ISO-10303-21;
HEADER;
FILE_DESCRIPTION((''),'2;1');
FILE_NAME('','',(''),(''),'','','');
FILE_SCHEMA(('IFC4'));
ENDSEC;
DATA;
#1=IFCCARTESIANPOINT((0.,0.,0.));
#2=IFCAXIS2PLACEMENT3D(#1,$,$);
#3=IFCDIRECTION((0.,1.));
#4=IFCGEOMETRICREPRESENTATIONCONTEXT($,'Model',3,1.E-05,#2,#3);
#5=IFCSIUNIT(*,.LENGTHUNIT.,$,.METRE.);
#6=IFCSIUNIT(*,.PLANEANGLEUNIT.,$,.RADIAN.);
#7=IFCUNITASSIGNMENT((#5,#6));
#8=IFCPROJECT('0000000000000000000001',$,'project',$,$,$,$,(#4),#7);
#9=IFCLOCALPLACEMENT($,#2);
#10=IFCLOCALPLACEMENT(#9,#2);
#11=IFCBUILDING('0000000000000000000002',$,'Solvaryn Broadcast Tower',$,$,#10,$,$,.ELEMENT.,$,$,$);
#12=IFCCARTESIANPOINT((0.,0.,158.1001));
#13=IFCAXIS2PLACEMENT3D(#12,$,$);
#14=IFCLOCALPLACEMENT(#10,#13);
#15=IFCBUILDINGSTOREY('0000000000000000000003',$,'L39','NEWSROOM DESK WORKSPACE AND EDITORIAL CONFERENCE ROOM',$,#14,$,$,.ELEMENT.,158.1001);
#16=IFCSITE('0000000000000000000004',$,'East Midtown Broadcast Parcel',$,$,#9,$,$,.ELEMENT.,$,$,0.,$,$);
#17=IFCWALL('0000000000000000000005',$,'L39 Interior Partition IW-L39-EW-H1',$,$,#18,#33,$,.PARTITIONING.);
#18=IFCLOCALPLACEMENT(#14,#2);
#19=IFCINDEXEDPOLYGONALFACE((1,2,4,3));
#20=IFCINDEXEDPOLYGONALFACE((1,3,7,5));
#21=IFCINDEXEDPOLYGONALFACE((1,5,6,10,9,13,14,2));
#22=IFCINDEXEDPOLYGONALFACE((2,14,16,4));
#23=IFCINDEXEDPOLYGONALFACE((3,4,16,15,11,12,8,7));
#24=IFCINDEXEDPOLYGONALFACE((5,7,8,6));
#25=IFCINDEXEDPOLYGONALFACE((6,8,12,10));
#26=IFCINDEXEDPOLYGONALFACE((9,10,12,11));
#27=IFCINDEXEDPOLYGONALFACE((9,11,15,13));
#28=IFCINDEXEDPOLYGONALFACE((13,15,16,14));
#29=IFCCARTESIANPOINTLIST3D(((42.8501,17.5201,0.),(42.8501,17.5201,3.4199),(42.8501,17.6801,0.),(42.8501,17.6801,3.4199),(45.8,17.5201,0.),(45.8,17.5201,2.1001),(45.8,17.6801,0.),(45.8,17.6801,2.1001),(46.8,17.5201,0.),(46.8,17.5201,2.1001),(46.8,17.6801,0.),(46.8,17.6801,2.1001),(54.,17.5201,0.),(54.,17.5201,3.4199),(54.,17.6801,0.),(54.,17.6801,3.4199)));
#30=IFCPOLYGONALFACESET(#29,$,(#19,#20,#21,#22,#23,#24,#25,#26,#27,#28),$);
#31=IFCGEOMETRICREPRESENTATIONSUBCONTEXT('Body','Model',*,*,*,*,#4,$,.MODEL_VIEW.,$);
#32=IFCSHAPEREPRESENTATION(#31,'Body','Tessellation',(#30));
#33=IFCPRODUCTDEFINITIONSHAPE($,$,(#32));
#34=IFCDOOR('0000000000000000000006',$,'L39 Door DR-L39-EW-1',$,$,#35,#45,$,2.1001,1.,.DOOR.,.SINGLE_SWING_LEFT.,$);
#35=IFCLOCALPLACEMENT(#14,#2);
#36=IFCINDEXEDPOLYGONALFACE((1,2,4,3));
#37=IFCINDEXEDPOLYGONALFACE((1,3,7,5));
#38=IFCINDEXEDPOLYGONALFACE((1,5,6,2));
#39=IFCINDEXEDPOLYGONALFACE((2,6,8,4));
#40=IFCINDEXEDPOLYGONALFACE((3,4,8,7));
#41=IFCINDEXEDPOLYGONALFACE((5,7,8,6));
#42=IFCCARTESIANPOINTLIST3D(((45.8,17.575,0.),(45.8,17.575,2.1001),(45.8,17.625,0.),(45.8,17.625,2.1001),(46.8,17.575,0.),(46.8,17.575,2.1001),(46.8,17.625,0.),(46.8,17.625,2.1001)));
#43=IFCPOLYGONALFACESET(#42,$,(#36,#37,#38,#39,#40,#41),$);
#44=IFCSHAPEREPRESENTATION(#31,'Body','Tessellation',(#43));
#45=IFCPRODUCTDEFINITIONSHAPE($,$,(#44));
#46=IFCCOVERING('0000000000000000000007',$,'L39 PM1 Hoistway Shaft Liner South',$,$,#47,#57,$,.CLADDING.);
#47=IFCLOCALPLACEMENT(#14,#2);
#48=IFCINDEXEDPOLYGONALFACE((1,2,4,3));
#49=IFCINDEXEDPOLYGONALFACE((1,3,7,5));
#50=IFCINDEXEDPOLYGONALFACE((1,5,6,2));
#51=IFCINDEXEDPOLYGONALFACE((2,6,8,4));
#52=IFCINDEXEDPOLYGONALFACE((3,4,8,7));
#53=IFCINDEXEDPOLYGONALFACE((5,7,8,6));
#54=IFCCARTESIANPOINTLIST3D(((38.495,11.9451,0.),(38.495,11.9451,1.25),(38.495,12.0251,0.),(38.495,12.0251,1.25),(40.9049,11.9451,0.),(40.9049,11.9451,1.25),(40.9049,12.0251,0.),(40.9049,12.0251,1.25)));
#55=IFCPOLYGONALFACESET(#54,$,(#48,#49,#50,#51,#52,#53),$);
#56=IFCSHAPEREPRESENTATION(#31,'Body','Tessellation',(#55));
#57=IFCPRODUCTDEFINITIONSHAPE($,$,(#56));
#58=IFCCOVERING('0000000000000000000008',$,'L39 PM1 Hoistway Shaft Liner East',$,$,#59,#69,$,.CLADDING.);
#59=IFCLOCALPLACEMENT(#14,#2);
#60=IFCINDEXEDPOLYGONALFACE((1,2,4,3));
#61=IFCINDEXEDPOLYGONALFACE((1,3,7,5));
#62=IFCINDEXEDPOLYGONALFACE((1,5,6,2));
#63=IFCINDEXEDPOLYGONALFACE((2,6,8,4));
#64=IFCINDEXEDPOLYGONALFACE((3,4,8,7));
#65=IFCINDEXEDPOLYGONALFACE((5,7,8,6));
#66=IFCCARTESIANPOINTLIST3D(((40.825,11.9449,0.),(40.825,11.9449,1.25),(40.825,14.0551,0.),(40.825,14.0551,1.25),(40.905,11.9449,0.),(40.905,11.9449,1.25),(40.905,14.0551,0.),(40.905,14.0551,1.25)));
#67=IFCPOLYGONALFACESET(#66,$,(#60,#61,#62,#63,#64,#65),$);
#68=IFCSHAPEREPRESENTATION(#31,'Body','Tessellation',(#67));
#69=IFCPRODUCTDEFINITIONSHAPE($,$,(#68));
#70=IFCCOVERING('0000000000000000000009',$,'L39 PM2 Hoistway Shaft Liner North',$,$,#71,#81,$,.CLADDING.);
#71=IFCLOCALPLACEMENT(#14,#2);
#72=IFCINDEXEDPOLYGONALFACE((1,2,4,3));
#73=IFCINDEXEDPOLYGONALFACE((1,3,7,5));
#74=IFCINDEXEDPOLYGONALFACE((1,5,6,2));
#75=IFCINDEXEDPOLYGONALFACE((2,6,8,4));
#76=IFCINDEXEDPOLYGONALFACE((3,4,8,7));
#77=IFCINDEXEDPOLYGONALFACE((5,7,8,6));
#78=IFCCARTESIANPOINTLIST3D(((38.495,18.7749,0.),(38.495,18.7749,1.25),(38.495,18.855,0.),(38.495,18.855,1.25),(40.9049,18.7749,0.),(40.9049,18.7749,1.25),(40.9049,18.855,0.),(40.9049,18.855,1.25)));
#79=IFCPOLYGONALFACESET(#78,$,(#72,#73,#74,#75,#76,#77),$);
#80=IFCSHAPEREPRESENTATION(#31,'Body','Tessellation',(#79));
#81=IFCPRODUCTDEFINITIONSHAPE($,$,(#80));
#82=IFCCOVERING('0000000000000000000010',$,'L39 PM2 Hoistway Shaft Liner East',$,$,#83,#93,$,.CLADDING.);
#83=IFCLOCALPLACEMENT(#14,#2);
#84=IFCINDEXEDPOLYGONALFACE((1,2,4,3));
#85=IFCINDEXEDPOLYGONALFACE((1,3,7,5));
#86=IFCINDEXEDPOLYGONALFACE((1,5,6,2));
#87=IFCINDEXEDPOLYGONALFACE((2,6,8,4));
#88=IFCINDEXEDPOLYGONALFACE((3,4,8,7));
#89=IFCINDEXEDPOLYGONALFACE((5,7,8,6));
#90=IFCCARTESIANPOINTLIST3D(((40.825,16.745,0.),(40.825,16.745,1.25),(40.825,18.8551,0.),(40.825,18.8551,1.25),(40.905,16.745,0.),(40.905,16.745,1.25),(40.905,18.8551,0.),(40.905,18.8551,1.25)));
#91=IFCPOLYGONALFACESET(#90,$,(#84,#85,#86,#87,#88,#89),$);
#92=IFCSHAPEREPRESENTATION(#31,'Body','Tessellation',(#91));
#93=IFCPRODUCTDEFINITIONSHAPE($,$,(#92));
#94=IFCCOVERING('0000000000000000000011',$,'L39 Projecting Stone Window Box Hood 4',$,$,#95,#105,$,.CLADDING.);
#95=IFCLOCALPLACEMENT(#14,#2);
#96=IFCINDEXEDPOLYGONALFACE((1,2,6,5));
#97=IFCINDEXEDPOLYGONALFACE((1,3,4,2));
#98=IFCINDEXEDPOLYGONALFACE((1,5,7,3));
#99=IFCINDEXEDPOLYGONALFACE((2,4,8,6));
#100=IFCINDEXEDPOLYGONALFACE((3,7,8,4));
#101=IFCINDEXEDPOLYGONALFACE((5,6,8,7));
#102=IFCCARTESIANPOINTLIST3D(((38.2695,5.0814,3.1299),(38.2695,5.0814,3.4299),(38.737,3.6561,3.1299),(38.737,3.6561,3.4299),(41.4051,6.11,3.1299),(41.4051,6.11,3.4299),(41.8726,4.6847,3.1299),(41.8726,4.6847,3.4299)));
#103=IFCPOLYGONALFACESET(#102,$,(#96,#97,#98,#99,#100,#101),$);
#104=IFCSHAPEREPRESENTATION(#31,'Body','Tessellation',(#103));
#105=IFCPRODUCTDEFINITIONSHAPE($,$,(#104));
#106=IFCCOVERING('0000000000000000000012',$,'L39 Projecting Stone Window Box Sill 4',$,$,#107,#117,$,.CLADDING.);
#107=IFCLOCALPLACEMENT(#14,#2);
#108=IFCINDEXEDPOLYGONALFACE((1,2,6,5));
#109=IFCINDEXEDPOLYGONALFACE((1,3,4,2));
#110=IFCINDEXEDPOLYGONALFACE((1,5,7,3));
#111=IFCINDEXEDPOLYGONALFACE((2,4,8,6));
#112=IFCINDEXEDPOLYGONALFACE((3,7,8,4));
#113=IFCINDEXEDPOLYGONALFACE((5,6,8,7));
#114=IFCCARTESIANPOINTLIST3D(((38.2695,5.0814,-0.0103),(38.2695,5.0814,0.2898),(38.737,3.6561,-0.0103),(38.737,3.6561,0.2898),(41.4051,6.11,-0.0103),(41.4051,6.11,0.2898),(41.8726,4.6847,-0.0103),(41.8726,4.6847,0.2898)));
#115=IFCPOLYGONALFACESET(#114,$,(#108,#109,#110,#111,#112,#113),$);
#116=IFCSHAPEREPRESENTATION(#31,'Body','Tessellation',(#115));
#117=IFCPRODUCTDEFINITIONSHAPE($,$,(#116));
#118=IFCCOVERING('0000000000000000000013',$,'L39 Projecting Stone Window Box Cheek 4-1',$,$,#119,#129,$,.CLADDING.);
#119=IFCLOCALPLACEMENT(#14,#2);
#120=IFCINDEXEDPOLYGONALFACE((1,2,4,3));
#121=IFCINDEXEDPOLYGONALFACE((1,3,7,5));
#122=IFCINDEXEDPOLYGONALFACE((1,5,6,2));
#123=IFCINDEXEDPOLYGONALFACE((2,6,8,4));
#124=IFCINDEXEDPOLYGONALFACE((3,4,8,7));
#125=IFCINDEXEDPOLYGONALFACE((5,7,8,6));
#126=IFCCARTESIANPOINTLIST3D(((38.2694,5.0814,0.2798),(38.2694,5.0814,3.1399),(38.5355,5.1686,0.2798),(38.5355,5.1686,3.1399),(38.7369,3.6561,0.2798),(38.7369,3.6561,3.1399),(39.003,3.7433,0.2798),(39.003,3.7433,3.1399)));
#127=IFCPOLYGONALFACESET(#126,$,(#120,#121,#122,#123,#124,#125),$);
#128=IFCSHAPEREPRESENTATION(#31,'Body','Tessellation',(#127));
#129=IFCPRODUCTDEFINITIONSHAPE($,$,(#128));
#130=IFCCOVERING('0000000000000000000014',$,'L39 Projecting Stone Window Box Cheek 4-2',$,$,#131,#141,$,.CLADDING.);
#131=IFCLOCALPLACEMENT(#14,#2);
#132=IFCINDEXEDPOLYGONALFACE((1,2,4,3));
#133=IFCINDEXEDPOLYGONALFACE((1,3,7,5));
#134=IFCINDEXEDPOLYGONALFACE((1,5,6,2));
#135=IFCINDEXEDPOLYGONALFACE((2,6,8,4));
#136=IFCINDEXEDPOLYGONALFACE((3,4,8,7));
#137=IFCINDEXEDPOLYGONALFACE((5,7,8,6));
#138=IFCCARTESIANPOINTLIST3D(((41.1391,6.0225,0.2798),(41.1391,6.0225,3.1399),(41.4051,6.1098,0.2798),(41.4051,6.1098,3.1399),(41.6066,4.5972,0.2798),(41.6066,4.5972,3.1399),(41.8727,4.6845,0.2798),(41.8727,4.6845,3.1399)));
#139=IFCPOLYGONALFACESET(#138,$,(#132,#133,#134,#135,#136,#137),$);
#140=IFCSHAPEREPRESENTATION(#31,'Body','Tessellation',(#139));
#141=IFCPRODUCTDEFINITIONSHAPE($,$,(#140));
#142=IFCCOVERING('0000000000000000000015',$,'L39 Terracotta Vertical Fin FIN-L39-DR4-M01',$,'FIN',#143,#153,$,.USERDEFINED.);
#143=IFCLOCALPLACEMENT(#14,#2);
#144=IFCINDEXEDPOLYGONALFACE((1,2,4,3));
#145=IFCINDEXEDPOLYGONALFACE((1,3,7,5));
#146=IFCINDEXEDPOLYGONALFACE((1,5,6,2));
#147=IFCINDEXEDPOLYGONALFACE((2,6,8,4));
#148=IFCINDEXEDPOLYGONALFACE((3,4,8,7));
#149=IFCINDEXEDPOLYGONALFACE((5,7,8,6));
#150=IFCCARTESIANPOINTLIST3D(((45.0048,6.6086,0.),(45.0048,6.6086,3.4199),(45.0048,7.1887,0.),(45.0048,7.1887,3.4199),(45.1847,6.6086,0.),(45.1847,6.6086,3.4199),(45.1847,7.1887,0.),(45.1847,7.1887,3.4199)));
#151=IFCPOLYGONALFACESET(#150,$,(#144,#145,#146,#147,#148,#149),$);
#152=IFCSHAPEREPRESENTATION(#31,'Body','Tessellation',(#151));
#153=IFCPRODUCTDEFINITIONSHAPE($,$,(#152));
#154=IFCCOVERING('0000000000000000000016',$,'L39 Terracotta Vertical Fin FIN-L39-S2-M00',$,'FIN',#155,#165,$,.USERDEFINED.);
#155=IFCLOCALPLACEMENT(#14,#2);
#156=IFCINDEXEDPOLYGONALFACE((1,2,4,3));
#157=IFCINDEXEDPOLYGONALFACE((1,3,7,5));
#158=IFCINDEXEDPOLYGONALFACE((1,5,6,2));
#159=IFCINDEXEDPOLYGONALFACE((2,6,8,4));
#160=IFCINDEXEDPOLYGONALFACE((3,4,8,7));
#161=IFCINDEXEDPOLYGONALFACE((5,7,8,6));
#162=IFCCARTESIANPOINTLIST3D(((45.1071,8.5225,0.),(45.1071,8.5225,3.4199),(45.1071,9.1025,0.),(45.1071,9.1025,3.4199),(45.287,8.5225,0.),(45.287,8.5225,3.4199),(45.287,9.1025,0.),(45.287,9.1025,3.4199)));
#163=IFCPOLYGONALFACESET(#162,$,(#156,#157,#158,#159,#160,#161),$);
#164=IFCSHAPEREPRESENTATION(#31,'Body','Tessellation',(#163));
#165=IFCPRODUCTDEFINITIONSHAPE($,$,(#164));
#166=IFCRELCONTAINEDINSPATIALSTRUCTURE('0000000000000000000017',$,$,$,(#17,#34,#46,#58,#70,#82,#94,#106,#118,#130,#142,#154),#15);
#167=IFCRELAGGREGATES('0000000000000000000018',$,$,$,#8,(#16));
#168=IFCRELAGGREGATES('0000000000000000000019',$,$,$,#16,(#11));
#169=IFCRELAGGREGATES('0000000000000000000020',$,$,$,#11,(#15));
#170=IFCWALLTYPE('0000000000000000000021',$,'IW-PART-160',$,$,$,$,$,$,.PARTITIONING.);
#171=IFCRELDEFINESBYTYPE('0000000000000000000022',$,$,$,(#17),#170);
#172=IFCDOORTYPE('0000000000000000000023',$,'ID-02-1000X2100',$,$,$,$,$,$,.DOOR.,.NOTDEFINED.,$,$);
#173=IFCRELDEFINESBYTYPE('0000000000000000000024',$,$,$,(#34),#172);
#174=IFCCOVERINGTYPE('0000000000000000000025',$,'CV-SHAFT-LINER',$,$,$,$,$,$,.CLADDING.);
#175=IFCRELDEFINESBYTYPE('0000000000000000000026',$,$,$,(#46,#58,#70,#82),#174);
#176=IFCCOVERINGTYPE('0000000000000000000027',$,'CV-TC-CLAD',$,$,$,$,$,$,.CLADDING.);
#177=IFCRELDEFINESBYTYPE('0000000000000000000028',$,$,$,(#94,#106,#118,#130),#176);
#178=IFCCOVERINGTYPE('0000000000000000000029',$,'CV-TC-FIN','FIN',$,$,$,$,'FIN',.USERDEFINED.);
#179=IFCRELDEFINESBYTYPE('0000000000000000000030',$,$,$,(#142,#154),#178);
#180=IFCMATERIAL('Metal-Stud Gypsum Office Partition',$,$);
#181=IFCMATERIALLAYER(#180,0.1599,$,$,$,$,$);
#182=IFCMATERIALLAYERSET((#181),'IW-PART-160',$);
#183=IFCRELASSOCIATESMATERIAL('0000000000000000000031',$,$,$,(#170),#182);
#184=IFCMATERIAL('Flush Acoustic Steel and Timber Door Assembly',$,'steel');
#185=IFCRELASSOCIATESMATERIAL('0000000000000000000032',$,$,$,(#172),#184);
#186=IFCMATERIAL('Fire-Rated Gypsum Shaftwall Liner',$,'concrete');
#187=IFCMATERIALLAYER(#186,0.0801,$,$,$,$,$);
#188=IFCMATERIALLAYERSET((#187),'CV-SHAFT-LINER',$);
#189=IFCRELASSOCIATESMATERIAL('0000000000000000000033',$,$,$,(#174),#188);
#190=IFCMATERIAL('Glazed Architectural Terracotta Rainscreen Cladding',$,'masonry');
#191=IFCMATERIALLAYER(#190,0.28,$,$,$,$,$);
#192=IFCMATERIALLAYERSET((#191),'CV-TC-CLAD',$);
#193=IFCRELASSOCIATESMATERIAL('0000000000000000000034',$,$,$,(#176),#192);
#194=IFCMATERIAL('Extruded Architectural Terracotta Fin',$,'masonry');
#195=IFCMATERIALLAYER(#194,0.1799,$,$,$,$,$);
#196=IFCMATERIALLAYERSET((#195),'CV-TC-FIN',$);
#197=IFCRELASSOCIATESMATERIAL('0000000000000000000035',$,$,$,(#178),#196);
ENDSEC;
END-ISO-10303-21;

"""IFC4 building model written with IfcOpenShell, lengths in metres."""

from ifc_helpers import new_model, si_unit, direction, frame, frame_2d, origin, origin_2d, place, context, subcontext, project, spatial, rectangle, extrude, material, layer, layer_set, type_object, element, fill, save


model = new_model("IFC4")

# Units and contexts
model_context = context("Model", 3, precision=1e-05, world=origin(), true_north=direction((0.0, 1.0)))
body_context = subcontext(model_context, "Body", "Model", "MODEL_VIEW")
ifc_project = project(units=[si_unit("LENGTHUNIT", "METRE"), si_unit("PLANEANGLEUNIT", "RADIAN")], contexts=[model_context])

# Site, building, storey
site_placement = place(None, origin())
site = spatial("IfcSite", under=ifc_project, at=site_placement, Name="East Midtown Broadcast Parcel", CompositionType="ELEMENT", RefElevation=0.0)
building_placement = place(site_placement, origin())
building = spatial("IfcBuilding", under=site, at=building_placement, Name="Solvaryn Broadcast Tower", CompositionType="ELEMENT")
storey_placement = place(building_placement, frame((0.0, 0.0, 158.1001)))
storey = spatial("IfcBuildingStorey", under=building, at=storey_placement, Name="L39", Description="NEWSROOM DESK WORKSPACE AND EDITORIAL CONFERENCE ROOM", CompositionType="ELEMENT", Elevation=158.1001)

# Shared definitions
ifc_material_1 = material(Name="Metal-Stud Gypsum Office Partition")
ifc_layer_1 = layer(ifc_material_1, 0.1599)
ifc_layer_set_1 = layer_set([ifc_layer_1], Name="IW-PART-160")
wall_type_1 = type_object("IfcWallType", Name="IW-PART-160", PredefinedType="PARTITIONING", material=ifc_layer_set_1)

# Wall, opening, door
wall_1_placement = place(storey_placement, frame((42.8501, 17.6001, 0.0), z_axis=(0.0, 0.0, 1.0), x_axis=(1.0, 0.0, 0.0)))
wall_1 = element("IfcWall", 1, at=wall_1_placement, inside=storey, type_object=wall_type_1, Name="L39 Interior Partition IW-L39-EW-H1", PredefinedType="PARTITIONING", context=body_context, shape_type="SweptSolid", body=[
    extrude(rectangle(XDim=11.1499, YDim=0.1599, at=frame_2d((5.575, 0.0))), origin(), (0.0, 0.0, 1.0), 3.4199),
])
opening_1_placement = place(wall_1_placement, frame((2.95, 0.0, 0.0)))
opening_1 = element("IfcOpeningElement", 2, at=opening_1_placement, cuts=wall_1, PredefinedType="OPENING", context=body_context, shape_type="SweptSolid", body=[
    extrude(rectangle(XDim=1.0, YDim=2.1001, at=frame_2d((0.5, 1.05))), frame((0.0, 0.0901, 0.0), z_axis=(0.0, -1.0, 0.0), x_axis=(1.0, 0.0, 0.0)), (0.0, 0.0, 1.0), 0.1799),
])
ifc_material_2 = material(Name="Flush Acoustic Steel and Timber Door Assembly", Category="steel")
door_type_1 = type_object("IfcDoorType", Name="ID-02-1000X2100", OperationType="NOTDEFINED", PredefinedType="DOOR", material=ifc_material_2)
door_1_placement = place(opening_1_placement, origin())
door_1 = element("IfcDoor", 3, at=door_1_placement, inside=storey, type_object=door_type_1, Name="L39 Door DR-L39-EW-1", OperationType="SINGLE_SWING_LEFT", OverallHeight=2.1001, OverallWidth=1.0, PredefinedType="DOOR", context=body_context, shape_type="SweptSolid", body=[
    extrude(rectangle(XDim=1.0, YDim=2.1001, at=frame_2d((0.5, 1.05))), frame((0.0, 0.0249, 0.0), z_axis=(0.0, -1.0, 0.0), x_axis=(1.0, 0.0, 0.0)), (0.0, 0.0, 1.0), 0.05),
])
fill(opening_1, door_1)

# Coverings
ifc_material_3 = material(Name="Fire-Rated Gypsum Shaftwall Liner", Category="concrete")
ifc_layer_2 = layer(ifc_material_3, 0.0801)
ifc_layer_set_2 = layer_set([ifc_layer_2], Name="CV-SHAFT-LINER")
covering_type_1 = type_object("IfcCoveringType", Name="CV-SHAFT-LINER", PredefinedType="CLADDING", material=ifc_layer_set_2)
covering_1_placement = place(storey_placement, frame((39.7, 11.9851, 0.0), z_axis=(0.0, 0.0, 1.0), x_axis=(1.0, 0.0, 0.0)))
element("IfcCovering", 4, at=covering_1_placement, inside=storey, type_object=covering_type_1, Name="L39 PM1 Hoistway Shaft Liner South", PredefinedType="CLADDING", context=body_context, shape_type="SweptSolid", body=[
    extrude(rectangle(XDim=2.4099, YDim=0.0801, at=origin_2d()), origin(), (0.0, 0.0, 1.0), 1.25),
])
covering_2_placement = place(storey_placement, frame((40.865, 13.0, 0.0), z_axis=(0.0, 0.0, 1.0), x_axis=(1.0, 0.0, 0.0)))
element("IfcCovering", 5, at=covering_2_placement, inside=storey, type_object=covering_type_1, Name="L39 PM1 Hoistway Shaft Liner East", PredefinedType="CLADDING", context=body_context, shape_type="SweptSolid", body=[
    extrude(rectangle(XDim=0.0801, YDim=2.1101, at=origin_2d()), origin(), (0.0, 0.0, 1.0), 1.25),
])
covering_3_placement = place(storey_placement, frame((39.7, 18.8149, 0.0), z_axis=(0.0, 0.0, 1.0), x_axis=(1.0, 0.0, 0.0)))
element("IfcCovering", 6, at=covering_3_placement, inside=storey, type_object=covering_type_1, Name="L39 PM2 Hoistway Shaft Liner North", PredefinedType="CLADDING", context=body_context, shape_type="SweptSolid", body=[
    extrude(rectangle(XDim=2.4099, YDim=0.0801, at=origin_2d()), origin(), (0.0, 0.0, 1.0), 1.25),
])
covering_4_placement = place(storey_placement, frame((40.865, 17.8, 0.0), z_axis=(0.0, 0.0, 1.0), x_axis=(1.0, 0.0, 0.0)))
element("IfcCovering", 7, at=covering_4_placement, inside=storey, type_object=covering_type_1, Name="L39 PM2 Hoistway Shaft Liner East", PredefinedType="CLADDING", context=body_context, shape_type="SweptSolid", body=[
    extrude(rectangle(XDim=0.0801, YDim=2.1101, at=origin_2d()), origin(), (0.0, 0.0, 1.0), 1.25),
])
ifc_material_4 = material(Name="Glazed Architectural Terracotta Rainscreen Cladding", Category="masonry")
ifc_layer_3 = layer(ifc_material_4, 0.28)
ifc_layer_set_3 = layer_set([ifc_layer_3], Name="CV-TC-CLAD")
covering_type_2 = type_object("IfcCoveringType", Name="CV-TC-CLAD", PredefinedType="CLADDING", material=ifc_layer_set_3)
for number, where, z_axis, x_axis, name in (
    (8, (40.071, 4.8831, 3.1299), (0.0, 0.0, 1.0), (0.95019, 0.311672, 0.0), "L39 Projecting Stone Window Box Hood 4"),
    (9, (40.071, 4.8831, -0.0103), (0.0, 0.0, 1.0), (0.95019, 0.311672, 0.0), "L39 Projecting Stone Window Box Sill 4"),
):
    element("IfcCovering", number, at=place(storey_placement, frame(where, z_axis=z_axis, x_axis=x_axis)), inside=storey, type_object=covering_type_2, Name=name, PredefinedType="CLADDING", context=body_context, shape_type="SweptSolid", body=[
        extrude(rectangle(XDim=3.3, YDim=1.5, at=origin_2d()), origin(), (0.0, 0.0, 1.0), 0.3),
    ])
for number, where, z_axis, x_axis, name in (
    (10, (38.6362, 4.4124, 0.2798), (0.0, 0.0, 1.0), (0.95019, 0.311672, 0.0), "L39 Projecting Stone Window Box Cheek 4-1"),
    (11, (41.5059, 5.3535, 0.2798), (0.0, 0.0, 1.0), (0.95019, 0.311672, 0.0), "L39 Projecting Stone Window Box Cheek 4-2"),
):
    element("IfcCovering", number, at=place(storey_placement, frame(where, z_axis=z_axis, x_axis=x_axis)), inside=storey, type_object=covering_type_2, Name=name, PredefinedType="CLADDING", context=body_context, shape_type="SweptSolid", body=[
        extrude(rectangle(XDim=0.28, YDim=1.5, at=origin_2d()), origin(), (0.0, 0.0, 1.0), 2.8601),
    ])
ifc_material_5 = material(Name="Extruded Architectural Terracotta Fin", Category="masonry")
ifc_layer_4 = layer(ifc_material_5, 0.1799)
ifc_layer_set_4 = layer_set([ifc_layer_4], Name="CV-TC-FIN")
covering_type_3 = type_object("IfcCoveringType", Name="CV-TC-FIN", Description="FIN", ElementType="FIN", PredefinedType="USERDEFINED", material=ifc_layer_set_4)
for number, where, z_axis, x_axis, name in (
    (12, (45.0947, 6.8987, 0.0), (0.0, 0.0, 1.0), (1.0, 0.0, 0.0), "L39 Terracotta Vertical Fin FIN-L39-DR4-M01"),
    (13, (45.197, 8.8125, 0.0), (0.0, 0.0, 1.0), (1.0, 0.0, 0.0), "L39 Terracotta Vertical Fin FIN-L39-S2-M00"),
):
    element("IfcCovering", number, at=place(storey_placement, frame(where, z_axis=z_axis, x_axis=x_axis)), inside=storey, type_object=covering_type_3, Name=name, ObjectType="FIN", PredefinedType="USERDEFINED", context=body_context, shape_type="SweptSolid", body=[
        extrude(rectangle(XDim=0.1799, YDim=0.5801, at=origin_2d()), origin(), (0.0, 0.0, 1.0), 3.4199),
    ])

save(model, "model.ifc")
